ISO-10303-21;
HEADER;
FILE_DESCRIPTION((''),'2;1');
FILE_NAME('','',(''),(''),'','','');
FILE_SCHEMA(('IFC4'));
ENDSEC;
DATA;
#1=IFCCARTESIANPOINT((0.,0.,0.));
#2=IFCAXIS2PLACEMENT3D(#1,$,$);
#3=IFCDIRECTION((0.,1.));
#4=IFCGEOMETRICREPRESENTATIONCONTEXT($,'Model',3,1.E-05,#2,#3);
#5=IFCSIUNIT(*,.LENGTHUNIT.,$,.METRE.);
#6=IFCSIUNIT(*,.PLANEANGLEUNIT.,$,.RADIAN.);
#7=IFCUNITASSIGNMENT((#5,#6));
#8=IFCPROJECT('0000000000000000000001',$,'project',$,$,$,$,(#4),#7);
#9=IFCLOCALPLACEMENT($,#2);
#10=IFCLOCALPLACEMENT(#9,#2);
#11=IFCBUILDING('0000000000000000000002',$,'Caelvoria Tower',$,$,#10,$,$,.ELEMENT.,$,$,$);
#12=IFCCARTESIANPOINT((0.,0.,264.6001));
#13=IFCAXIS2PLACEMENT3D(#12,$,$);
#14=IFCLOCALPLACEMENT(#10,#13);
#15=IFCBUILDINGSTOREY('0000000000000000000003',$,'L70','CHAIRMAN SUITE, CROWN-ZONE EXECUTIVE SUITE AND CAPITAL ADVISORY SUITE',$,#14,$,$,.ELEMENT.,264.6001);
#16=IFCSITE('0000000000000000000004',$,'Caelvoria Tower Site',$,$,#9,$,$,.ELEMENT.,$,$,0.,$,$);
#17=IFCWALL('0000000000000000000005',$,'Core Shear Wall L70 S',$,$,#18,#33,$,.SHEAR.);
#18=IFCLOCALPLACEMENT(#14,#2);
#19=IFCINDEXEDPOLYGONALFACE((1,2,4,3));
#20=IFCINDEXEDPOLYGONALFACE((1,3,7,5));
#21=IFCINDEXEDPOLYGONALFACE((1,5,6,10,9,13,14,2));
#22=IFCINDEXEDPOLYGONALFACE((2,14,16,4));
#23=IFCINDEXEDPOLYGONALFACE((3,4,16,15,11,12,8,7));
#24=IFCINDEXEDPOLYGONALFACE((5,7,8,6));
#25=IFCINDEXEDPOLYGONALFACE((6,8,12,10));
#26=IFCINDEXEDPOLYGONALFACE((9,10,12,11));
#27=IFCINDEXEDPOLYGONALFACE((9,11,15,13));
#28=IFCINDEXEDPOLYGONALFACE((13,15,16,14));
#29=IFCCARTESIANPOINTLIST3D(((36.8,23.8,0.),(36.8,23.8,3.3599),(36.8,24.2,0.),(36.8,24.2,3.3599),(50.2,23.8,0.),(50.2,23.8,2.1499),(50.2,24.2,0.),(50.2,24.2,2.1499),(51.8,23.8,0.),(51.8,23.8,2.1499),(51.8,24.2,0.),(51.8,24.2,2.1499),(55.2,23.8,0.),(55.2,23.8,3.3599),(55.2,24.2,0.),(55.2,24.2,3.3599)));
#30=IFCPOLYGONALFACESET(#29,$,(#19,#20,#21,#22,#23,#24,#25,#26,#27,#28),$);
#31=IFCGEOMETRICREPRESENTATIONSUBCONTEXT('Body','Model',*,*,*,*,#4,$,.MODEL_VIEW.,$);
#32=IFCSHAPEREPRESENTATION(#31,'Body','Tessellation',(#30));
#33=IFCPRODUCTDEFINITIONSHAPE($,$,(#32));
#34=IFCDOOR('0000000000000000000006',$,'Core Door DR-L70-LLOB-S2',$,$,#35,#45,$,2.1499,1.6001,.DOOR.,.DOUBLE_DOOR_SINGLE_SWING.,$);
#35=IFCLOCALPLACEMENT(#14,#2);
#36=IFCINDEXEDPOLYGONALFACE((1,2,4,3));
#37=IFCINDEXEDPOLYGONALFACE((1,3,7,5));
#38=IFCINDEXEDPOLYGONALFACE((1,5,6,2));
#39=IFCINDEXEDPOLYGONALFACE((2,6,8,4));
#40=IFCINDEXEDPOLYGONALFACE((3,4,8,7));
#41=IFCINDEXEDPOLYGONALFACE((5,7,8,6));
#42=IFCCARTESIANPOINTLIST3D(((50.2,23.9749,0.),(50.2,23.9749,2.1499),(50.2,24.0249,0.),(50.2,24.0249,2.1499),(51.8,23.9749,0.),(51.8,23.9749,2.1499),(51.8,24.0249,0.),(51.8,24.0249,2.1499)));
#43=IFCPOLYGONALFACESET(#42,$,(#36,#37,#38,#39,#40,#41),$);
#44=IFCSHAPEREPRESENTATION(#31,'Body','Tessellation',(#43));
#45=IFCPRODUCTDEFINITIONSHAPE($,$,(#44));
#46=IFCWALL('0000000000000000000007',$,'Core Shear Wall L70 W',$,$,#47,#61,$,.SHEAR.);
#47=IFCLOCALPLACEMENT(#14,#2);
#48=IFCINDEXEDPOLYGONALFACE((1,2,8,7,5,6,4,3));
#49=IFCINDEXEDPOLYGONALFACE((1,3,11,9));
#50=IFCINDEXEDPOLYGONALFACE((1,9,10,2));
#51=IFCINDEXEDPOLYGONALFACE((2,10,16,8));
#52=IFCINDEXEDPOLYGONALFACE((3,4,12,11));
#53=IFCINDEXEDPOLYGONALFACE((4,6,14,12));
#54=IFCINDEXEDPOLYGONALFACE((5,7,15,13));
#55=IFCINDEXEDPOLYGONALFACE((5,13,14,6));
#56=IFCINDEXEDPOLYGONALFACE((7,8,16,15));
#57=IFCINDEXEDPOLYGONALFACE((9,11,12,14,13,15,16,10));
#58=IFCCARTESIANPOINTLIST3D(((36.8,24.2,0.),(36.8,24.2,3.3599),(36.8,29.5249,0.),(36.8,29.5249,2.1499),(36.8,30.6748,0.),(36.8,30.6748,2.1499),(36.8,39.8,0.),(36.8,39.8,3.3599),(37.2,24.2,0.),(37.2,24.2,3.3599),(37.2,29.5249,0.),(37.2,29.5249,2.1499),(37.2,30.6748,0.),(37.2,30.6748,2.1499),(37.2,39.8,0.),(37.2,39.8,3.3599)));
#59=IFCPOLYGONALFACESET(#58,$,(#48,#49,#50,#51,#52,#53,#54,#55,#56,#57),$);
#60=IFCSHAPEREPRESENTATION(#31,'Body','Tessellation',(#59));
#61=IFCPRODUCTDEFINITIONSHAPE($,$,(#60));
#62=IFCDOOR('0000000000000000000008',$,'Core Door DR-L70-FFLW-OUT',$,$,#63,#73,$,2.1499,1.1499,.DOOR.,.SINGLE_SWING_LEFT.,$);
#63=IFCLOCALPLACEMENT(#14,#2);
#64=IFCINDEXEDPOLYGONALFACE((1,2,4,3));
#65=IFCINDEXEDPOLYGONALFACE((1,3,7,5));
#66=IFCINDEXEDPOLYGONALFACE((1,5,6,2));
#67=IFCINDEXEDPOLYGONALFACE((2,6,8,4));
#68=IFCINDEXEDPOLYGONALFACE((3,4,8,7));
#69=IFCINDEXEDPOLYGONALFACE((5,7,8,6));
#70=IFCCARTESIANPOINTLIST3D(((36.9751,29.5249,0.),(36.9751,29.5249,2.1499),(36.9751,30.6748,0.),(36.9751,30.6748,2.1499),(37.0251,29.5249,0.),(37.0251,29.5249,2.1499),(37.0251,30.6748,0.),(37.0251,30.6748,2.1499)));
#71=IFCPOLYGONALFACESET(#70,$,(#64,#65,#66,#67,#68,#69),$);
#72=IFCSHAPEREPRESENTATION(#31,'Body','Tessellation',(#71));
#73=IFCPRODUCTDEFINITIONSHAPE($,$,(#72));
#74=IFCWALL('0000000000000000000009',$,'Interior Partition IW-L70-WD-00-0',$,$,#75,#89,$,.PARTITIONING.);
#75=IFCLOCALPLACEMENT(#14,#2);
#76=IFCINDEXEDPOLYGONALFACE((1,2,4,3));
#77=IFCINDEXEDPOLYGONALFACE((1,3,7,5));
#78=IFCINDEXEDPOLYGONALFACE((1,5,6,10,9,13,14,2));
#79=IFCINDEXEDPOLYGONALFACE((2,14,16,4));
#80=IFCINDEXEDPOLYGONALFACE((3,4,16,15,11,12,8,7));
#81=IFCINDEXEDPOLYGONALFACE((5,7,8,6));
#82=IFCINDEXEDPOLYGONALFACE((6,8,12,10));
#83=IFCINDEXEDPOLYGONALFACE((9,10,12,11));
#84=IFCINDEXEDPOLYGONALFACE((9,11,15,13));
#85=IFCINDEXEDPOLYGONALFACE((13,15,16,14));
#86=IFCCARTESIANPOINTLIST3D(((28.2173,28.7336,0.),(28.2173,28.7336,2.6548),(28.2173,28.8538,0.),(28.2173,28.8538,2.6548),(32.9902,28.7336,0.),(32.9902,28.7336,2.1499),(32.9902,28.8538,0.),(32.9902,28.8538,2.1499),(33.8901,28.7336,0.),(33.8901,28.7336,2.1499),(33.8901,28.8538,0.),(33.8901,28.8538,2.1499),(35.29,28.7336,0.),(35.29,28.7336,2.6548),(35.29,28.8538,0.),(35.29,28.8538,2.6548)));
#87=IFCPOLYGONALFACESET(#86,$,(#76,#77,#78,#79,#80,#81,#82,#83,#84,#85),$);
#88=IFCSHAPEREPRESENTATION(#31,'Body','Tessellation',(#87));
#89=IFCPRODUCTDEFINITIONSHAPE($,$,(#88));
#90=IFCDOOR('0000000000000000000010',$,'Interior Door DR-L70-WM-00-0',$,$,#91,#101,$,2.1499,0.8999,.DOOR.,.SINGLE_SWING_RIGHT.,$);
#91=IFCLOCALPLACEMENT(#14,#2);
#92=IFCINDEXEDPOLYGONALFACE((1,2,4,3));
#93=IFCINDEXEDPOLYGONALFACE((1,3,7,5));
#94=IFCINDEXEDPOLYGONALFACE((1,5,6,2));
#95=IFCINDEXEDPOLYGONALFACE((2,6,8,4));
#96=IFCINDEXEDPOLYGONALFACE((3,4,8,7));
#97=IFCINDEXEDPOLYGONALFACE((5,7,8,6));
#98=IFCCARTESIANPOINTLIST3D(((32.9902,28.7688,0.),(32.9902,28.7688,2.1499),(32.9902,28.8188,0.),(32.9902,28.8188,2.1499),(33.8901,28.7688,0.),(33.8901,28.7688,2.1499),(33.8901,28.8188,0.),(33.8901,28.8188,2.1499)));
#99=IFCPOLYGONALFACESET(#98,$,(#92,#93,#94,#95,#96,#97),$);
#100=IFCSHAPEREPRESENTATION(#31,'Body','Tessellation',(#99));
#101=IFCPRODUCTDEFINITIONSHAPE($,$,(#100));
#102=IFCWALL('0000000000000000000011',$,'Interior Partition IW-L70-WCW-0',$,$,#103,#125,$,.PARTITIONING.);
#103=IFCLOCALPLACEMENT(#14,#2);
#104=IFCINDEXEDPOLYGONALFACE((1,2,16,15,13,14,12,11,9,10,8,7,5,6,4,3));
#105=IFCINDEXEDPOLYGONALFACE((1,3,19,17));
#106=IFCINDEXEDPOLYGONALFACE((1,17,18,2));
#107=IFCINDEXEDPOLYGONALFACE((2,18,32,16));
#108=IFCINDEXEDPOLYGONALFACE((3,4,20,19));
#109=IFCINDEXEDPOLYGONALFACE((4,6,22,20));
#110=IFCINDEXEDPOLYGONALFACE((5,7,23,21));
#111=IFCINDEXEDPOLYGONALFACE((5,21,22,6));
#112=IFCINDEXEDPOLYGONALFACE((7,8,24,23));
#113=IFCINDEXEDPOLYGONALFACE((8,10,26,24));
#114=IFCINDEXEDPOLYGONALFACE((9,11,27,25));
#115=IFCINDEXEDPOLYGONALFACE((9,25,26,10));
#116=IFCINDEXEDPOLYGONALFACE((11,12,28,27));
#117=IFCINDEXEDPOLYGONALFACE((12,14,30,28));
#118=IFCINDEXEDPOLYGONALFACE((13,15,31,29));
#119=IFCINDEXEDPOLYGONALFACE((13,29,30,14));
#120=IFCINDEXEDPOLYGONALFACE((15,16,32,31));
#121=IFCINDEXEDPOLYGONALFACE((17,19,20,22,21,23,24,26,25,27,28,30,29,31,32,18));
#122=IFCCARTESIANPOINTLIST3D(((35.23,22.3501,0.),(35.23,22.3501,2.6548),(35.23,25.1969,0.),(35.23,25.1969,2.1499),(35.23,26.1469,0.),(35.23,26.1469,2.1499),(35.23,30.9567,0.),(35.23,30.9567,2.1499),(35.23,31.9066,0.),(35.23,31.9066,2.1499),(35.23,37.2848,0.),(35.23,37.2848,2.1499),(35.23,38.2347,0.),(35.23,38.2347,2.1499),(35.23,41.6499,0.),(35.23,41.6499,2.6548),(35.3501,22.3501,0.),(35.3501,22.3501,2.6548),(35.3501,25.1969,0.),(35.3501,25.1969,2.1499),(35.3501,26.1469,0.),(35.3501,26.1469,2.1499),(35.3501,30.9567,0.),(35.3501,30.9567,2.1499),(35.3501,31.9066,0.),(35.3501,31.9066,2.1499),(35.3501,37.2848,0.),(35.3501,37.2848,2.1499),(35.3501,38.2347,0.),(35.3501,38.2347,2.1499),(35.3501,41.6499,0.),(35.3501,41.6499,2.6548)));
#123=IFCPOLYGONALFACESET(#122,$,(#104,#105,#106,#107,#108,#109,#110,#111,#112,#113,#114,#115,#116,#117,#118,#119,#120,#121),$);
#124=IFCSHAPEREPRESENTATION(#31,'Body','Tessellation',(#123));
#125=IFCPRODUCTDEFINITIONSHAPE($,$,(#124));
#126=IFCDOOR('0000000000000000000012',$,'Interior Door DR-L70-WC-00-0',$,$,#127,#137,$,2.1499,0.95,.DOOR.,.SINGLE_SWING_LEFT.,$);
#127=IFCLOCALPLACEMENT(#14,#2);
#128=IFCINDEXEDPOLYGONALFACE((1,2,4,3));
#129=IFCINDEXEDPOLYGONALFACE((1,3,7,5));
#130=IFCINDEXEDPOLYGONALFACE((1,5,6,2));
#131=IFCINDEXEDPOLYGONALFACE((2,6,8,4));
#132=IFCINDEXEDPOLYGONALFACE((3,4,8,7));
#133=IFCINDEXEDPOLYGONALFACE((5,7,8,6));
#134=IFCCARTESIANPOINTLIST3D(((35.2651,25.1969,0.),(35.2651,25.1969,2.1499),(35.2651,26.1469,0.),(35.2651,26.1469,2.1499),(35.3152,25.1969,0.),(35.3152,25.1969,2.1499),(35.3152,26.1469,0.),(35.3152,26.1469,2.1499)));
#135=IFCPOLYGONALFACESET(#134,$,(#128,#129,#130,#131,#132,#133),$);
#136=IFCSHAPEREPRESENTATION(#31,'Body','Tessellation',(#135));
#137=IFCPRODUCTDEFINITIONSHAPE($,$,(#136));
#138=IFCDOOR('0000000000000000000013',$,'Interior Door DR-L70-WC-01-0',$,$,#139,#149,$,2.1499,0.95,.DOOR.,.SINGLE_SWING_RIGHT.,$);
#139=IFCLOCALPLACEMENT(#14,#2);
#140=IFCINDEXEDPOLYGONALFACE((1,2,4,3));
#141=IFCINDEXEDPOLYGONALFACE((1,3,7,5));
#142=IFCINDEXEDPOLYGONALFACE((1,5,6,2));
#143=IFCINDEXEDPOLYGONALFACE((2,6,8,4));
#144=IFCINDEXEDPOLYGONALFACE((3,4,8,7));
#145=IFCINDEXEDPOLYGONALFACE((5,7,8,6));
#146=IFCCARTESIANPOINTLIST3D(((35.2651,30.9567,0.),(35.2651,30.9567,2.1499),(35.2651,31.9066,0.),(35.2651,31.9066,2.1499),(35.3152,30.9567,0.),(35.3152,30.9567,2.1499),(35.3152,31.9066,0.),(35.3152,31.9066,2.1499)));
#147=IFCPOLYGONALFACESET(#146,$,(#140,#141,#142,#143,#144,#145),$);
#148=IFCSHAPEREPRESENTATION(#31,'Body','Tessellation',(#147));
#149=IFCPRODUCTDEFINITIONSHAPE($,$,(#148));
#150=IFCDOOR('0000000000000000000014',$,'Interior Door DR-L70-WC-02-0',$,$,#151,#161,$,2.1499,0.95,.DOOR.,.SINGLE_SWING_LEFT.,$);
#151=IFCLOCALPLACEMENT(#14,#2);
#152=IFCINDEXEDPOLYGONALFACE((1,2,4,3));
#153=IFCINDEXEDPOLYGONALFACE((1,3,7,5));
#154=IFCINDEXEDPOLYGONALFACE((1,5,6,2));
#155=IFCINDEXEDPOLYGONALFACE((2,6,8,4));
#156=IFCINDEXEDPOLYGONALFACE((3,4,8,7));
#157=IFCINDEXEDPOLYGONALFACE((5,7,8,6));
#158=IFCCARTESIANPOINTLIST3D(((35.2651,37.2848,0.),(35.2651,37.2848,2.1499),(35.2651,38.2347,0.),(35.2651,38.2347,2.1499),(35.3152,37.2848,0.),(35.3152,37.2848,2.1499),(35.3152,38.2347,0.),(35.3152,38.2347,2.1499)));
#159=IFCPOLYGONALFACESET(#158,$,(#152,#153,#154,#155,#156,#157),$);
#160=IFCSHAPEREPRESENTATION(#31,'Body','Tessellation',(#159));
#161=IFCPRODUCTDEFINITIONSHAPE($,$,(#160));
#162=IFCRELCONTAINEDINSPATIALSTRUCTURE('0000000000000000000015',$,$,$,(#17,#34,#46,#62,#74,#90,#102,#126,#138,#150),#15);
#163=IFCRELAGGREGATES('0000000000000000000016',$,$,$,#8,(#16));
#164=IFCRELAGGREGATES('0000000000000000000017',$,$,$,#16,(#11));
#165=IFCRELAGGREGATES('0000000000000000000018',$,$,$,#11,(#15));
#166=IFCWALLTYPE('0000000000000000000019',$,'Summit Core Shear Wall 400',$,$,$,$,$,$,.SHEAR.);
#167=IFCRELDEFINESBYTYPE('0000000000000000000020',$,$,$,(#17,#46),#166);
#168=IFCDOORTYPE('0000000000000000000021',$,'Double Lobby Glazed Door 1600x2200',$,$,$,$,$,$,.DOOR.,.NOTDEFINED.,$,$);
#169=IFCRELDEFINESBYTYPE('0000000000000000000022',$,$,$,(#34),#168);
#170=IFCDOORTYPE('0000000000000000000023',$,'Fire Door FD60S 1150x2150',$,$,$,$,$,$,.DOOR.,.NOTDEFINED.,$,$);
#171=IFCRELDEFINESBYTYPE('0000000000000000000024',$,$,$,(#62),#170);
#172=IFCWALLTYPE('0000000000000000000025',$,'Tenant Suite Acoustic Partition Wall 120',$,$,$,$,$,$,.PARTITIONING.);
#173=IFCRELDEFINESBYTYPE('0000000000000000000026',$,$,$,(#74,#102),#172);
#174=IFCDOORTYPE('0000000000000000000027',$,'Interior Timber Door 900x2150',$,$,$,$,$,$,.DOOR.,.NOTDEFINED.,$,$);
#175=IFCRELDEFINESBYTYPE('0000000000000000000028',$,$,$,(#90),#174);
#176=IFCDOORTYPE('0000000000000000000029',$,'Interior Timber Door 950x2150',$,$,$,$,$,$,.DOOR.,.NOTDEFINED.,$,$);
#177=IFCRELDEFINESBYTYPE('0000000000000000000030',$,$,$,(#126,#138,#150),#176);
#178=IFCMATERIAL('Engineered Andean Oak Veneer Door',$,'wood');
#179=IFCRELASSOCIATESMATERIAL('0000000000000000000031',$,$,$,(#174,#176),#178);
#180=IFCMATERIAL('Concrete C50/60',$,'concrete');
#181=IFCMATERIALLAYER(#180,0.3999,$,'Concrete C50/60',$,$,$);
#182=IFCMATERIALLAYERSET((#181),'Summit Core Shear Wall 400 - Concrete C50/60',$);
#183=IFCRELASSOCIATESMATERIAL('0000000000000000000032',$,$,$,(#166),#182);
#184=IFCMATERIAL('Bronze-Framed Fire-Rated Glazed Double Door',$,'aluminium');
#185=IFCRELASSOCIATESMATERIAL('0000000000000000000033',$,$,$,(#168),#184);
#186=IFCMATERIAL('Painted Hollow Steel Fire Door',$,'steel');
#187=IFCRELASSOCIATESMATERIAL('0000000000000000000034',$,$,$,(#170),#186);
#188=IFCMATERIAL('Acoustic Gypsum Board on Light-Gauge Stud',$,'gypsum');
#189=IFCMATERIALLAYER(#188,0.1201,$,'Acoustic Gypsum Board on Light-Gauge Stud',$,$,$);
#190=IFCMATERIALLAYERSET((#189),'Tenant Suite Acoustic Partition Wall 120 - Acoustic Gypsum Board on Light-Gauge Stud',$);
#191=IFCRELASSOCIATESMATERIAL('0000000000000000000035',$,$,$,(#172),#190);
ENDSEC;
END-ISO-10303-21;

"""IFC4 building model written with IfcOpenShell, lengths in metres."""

from ifc_helpers import new_model, si_unit, direction, frame, frame_2d, origin, place, context, subcontext, project, spatial, rectangle, extrude, material, layer, layer_set, type_object, element, fill, save


model = new_model("IFC4")

# Units and contexts
model_context = context("Model", 3, precision=1e-05, world=origin(), true_north=direction((0.0, 1.0)))
body_context = subcontext(model_context, "Body", "Model", "MODEL_VIEW")
ifc_project = project(units=[si_unit("LENGTHUNIT", "METRE"), si_unit("PLANEANGLEUNIT", "RADIAN")], contexts=[model_context])

# Site, building, storey
site_placement = place(None, origin())
site = spatial("IfcSite", under=ifc_project, at=site_placement, Name="Caelvoria Tower Site", CompositionType="ELEMENT", RefElevation=0.0)
building_placement = place(site_placement, origin())
building = spatial("IfcBuilding", under=site, at=building_placement, Name="Caelvoria Tower", CompositionType="ELEMENT")
storey_placement = place(building_placement, frame((0.0, 0.0, 264.6001)))
storey = spatial("IfcBuildingStorey", under=building, at=storey_placement, Name="L70", Description="CHAIRMAN SUITE, CROWN-ZONE EXECUTIVE SUITE AND CAPITAL ADVISORY SUITE", CompositionType="ELEMENT", Elevation=264.6001)

# Shared definitions
ifc_material_1 = material(Name="Concrete C50/60", Category="concrete")

# Shared definitions
ifc_material_2 = material(Name="Engineered Andean Oak Veneer Door", Category="wood")
door_type_1 = type_object("IfcDoorType", Name="Interior Timber Door 900x2150", OperationType="NOTDEFINED", PredefinedType="DOOR", material=ifc_material_2)

# Walls, openings, doors
ifc_layer_1 = layer(ifc_material_1, 0.3999, Name="Concrete C50/60")
ifc_layer_set_1 = layer_set([ifc_layer_1], Name="Summit Core Shear Wall 400 - Concrete C50/60")
wall_type_1 = type_object("IfcWallType", Name="Summit Core Shear Wall 400", PredefinedType="SHEAR", material=ifc_layer_set_1)
wall_1_placement = place(storey_placement, frame((36.8, 24.0, 0.0), z_axis=(0.0, 0.0, 1.0), x_axis=(1.0, 0.0, 0.0)))
wall_1 = element("IfcWall", 1, at=wall_1_placement, inside=storey, type_object=wall_type_1, Name="Core Shear Wall L70 S", PredefinedType="SHEAR", context=body_context, shape_type="SweptSolid", body=[
    extrude(rectangle(XDim=18.3999, YDim=0.3999, at=frame_2d((9.2, 0.0))), origin(), (0.0, 0.0, 1.0), 3.3599),
])
opening_1_placement = place(wall_1_placement, frame((13.3999, 0.0, 0.0)))
opening_1 = element("IfcOpeningElement", 2, at=opening_1_placement, cuts=wall_1, PredefinedType="OPENING", context=body_context, shape_type="SweptSolid", body=[
    extrude(rectangle(XDim=1.6001, YDim=2.1499, at=frame_2d((0.8, 1.075))), frame((0.0, 0.21, 0.0), z_axis=(0.0, -1.0, 0.0), x_axis=(1.0, 0.0, 0.0)), (0.0, 0.0, 1.0), 0.4199),
])
ifc_material_3 = material(Name="Bronze-Framed Fire-Rated Glazed Double Door", Category="aluminium")
door_type_2 = type_object("IfcDoorType", Name="Double Lobby Glazed Door 1600x2200", OperationType="NOTDEFINED", PredefinedType="DOOR", material=ifc_material_3)
door_1_placement = place(opening_1_placement, origin())
door_1 = element("IfcDoor", 3, at=door_1_placement, inside=storey, type_object=door_type_2, Name="Core Door DR-L70-LLOB-S2", OperationType="DOUBLE_DOOR_SINGLE_SWING", OverallHeight=2.1499, OverallWidth=1.6001, PredefinedType="DOOR", context=body_context, shape_type="SweptSolid", body=[
    extrude(rectangle(XDim=1.6001, YDim=2.1499, at=frame_2d((0.8, 1.075))), frame((0.0, 0.0249, 0.0), z_axis=(0.0, -1.0, 0.0), x_axis=(1.0, 0.0, 0.0)), (0.0, 0.0, 1.0), 0.05),
])
fill(opening_1, door_1)
wall_2_placement = place(storey_placement, frame((37.0, 24.2, 0.0), z_axis=(0.0, 0.0, 1.0), x_axis=(0.0, 1.0, 0.0)))
wall_2 = element("IfcWall", 4, at=wall_2_placement, inside=storey, type_object=wall_type_1, Name="Core Shear Wall L70 W", PredefinedType="SHEAR", context=body_context, shape_type="SweptSolid", body=[
    extrude(rectangle(XDim=15.6001, YDim=0.3999, at=frame_2d((7.8, 0.0))), origin(), (0.0, 0.0, 1.0), 3.3599),
])
opening_2_placement = place(wall_2_placement, frame((5.325, 0.0, 0.0)))
opening_2 = element("IfcOpeningElement", 5, at=opening_2_placement, cuts=wall_2, PredefinedType="OPENING", context=body_context, shape_type="SweptSolid", body=[
    extrude(rectangle(XDim=1.1499, YDim=2.1499, at=frame_2d((0.575, 1.075))), frame((0.0, 0.21, 0.0), z_axis=(0.0, -1.0, 0.0), x_axis=(1.0, 0.0, 0.0)), (0.0, 0.0, 1.0), 0.4199),
])
ifc_material_4 = material(Name="Painted Hollow Steel Fire Door", Category="steel")
door_type_3 = type_object("IfcDoorType", Name="Fire Door FD60S 1150x2150", OperationType="NOTDEFINED", PredefinedType="DOOR", material=ifc_material_4)
door_2_placement = place(opening_2_placement, origin())
door_2 = element("IfcDoor", 6, at=door_2_placement, inside=storey, type_object=door_type_3, Name="Core Door DR-L70-FFLW-OUT", OperationType="SINGLE_SWING_LEFT", OverallHeight=2.1499, OverallWidth=1.1499, PredefinedType="DOOR", context=body_context, shape_type="SweptSolid", body=[
    extrude(rectangle(XDim=1.1499, YDim=2.1499, at=frame_2d((0.575, 1.075))), frame((0.0, 0.0249, 0.0), z_axis=(0.0, -1.0, 0.0), x_axis=(1.0, 0.0, 0.0)), (0.0, 0.0, 1.0), 0.05),
])
fill(opening_2, door_2)
ifc_material_5 = material(Name="Acoustic Gypsum Board on Light-Gauge Stud", Category="gypsum")
ifc_layer_2 = layer(ifc_material_5, 0.1201, Name="Acoustic Gypsum Board on Light-Gauge Stud")
ifc_layer_set_2 = layer_set([ifc_layer_2], Name="Tenant Suite Acoustic Partition Wall 120 - Acoustic Gypsum Board on Light-Gauge Stud")
wall_type_2 = type_object("IfcWallType", Name="Tenant Suite Acoustic Partition Wall 120", PredefinedType="PARTITIONING", material=ifc_layer_set_2)
wall_3_placement = place(storey_placement, frame((35.29, 28.7937, 0.0), z_axis=(0.0, 0.0, 1.0), x_axis=(-1.0, 0.0, 0.0)))
wall_3 = element("IfcWall", 7, at=wall_3_placement, inside=storey, type_object=wall_type_2, Name="Interior Partition IW-L70-WD-00-0", PredefinedType="PARTITIONING", context=body_context, shape_type="SweptSolid", body=[
    extrude(rectangle(XDim=7.0728, YDim=0.1201, at=frame_2d((3.5364, 0.0))), origin(), (0.0, 0.0, 1.0), 2.6548),
])
opening_3_placement = place(wall_3_placement, frame((1.3999, 0.0, 0.0)))
opening_3 = element("IfcOpeningElement", 8, at=opening_3_placement, cuts=wall_3, PredefinedType="OPENING", context=body_context, shape_type="SweptSolid", body=[
    extrude(rectangle(XDim=0.8999, YDim=2.1499, at=frame_2d((0.45, 1.075))), frame((0.0, 0.0701, 0.0), z_axis=(0.0, -1.0, 0.0), x_axis=(1.0, 0.0, 0.0)), (0.0, 0.0, 1.0), 0.1401),
])
door_3_placement = place(opening_3_placement, origin())
door_3 = element("IfcDoor", 9, at=door_3_placement, inside=storey, type_object=door_type_1, Name="Interior Door DR-L70-WM-00-0", OperationType="SINGLE_SWING_RIGHT", OverallHeight=2.1499, OverallWidth=0.8999, PredefinedType="DOOR", context=body_context, shape_type="SweptSolid", body=[
    extrude(rectangle(XDim=0.8999, YDim=2.1499, at=frame_2d((0.45, 1.075))), frame((0.0, 0.0249, 0.0), z_axis=(0.0, -1.0, 0.0), x_axis=(1.0, 0.0, 0.0)), (0.0, 0.0, 1.0), 0.05),
])
fill(opening_3, door_3)

# Wall, openings, doors
wall_4_placement = place(storey_placement, frame((35.29, 22.3501, 0.0), z_axis=(0.0, 0.0, 1.0), x_axis=(0.0, 1.0, 0.0)))
wall_4 = element("IfcWall", 10, at=wall_4_placement, inside=storey, type_object=wall_type_2, Name="Interior Partition IW-L70-WCW-0", PredefinedType="PARTITIONING", context=body_context, shape_type="SweptSolid", body=[
    extrude(rectangle(XDim=19.2998, YDim=0.1201, at=frame_2d((9.6499, 0.0))), origin(), (0.0, 0.0, 1.0), 2.6548),
])
opening_4_placement = place(wall_4_placement, frame((2.8467, 0.0, 0.0)))
opening_4 = element("IfcOpeningElement", 11, at=opening_4_placement, cuts=wall_4, PredefinedType="OPENING", context=body_context, shape_type="SweptSolid", body=[
    extrude(rectangle(XDim=0.95, YDim=2.1499, at=frame_2d((0.4751, 1.075))), frame((0.0, 0.0701, 0.0), z_axis=(0.0, -1.0, 0.0), x_axis=(1.0, 0.0, 0.0)), (0.0, 0.0, 1.0), 0.1401),
])
opening_5_placement = place(wall_4_placement, frame((8.6064, 0.0, 0.0)))
opening_5 = element("IfcOpeningElement", 12, at=opening_5_placement, cuts=wall_4, PredefinedType="OPENING", context=body_context, shape_type="SweptSolid", body=[
    extrude(rectangle(XDim=0.95, YDim=2.1499, at=frame_2d((0.4751, 1.075))), frame((0.0, 0.0701, 0.0), z_axis=(0.0, -1.0, 0.0), x_axis=(1.0, 0.0, 0.0)), (0.0, 0.0, 1.0), 0.1401),
])
opening_6_placement = place(wall_4_placement, frame((14.9346, 0.0, 0.0)))
opening_6 = element("IfcOpeningElement", 13, at=opening_6_placement, cuts=wall_4, PredefinedType="OPENING", context=body_context, shape_type="SweptSolid", body=[
    extrude(rectangle(XDim=0.95, YDim=2.1499, at=frame_2d((0.4751, 1.075))), frame((0.0, 0.0701, 0.0), z_axis=(0.0, -1.0, 0.0), x_axis=(1.0, 0.0, 0.0)), (0.0, 0.0, 1.0), 0.1401),
])
door_type_4 = type_object("IfcDoorType", Name="Interior Timber Door 950x2150", OperationType="NOTDEFINED", PredefinedType="DOOR", material=ifc_material_2)
door_4_placement = place(opening_4_placement, origin())
door_4 = element("IfcDoor", 14, at=door_4_placement, inside=storey, type_object=door_type_4, Name="Interior Door DR-L70-WC-00-0", OperationType="SINGLE_SWING_LEFT", OverallHeight=2.1499, OverallWidth=0.95, PredefinedType="DOOR", context=body_context, shape_type="SweptSolid", body=[
    extrude(rectangle(XDim=0.95, YDim=2.1499, at=frame_2d((0.4751, 1.075))), frame((0.0, 0.0249, 0.0), z_axis=(0.0, -1.0, 0.0), x_axis=(1.0, 0.0, 0.0)), (0.0, 0.0, 1.0), 0.05),
])
fill(opening_4, door_4)
door_5_placement = place(opening_5_placement, origin())
door_5 = element("IfcDoor", 15, at=door_5_placement, inside=storey, type_object=door_type_4, Name="Interior Door DR-L70-WC-01-0", OperationType="SINGLE_SWING_RIGHT", OverallHeight=2.1499, OverallWidth=0.95, PredefinedType="DOOR", context=body_context, shape_type="SweptSolid", body=[
    extrude(rectangle(XDim=0.95, YDim=2.1499, at=frame_2d((0.4751, 1.075))), frame((0.0, 0.0249, 0.0), z_axis=(0.0, -1.0, 0.0), x_axis=(1.0, 0.0, 0.0)), (0.0, 0.0, 1.0), 0.05),
])
fill(opening_5, door_5)
door_6_placement = place(opening_6_placement, origin())
door_6 = element("IfcDoor", 16, at=door_6_placement, inside=storey, type_object=door_type_4, Name="Interior Door DR-L70-WC-02-0", OperationType="SINGLE_SWING_LEFT", OverallHeight=2.1499, OverallWidth=0.95, PredefinedType="DOOR", context=body_context, shape_type="SweptSolid", body=[
    extrude(rectangle(XDim=0.95, YDim=2.1499, at=frame_2d((0.4751, 1.075))), frame((0.0, 0.0249, 0.0), z_axis=(0.0, -1.0, 0.0), x_axis=(1.0, 0.0, 0.0)), (0.0, 0.0, 1.0), 0.05),
])
fill(opening_6, door_6)

save(model, "model.ifc")
